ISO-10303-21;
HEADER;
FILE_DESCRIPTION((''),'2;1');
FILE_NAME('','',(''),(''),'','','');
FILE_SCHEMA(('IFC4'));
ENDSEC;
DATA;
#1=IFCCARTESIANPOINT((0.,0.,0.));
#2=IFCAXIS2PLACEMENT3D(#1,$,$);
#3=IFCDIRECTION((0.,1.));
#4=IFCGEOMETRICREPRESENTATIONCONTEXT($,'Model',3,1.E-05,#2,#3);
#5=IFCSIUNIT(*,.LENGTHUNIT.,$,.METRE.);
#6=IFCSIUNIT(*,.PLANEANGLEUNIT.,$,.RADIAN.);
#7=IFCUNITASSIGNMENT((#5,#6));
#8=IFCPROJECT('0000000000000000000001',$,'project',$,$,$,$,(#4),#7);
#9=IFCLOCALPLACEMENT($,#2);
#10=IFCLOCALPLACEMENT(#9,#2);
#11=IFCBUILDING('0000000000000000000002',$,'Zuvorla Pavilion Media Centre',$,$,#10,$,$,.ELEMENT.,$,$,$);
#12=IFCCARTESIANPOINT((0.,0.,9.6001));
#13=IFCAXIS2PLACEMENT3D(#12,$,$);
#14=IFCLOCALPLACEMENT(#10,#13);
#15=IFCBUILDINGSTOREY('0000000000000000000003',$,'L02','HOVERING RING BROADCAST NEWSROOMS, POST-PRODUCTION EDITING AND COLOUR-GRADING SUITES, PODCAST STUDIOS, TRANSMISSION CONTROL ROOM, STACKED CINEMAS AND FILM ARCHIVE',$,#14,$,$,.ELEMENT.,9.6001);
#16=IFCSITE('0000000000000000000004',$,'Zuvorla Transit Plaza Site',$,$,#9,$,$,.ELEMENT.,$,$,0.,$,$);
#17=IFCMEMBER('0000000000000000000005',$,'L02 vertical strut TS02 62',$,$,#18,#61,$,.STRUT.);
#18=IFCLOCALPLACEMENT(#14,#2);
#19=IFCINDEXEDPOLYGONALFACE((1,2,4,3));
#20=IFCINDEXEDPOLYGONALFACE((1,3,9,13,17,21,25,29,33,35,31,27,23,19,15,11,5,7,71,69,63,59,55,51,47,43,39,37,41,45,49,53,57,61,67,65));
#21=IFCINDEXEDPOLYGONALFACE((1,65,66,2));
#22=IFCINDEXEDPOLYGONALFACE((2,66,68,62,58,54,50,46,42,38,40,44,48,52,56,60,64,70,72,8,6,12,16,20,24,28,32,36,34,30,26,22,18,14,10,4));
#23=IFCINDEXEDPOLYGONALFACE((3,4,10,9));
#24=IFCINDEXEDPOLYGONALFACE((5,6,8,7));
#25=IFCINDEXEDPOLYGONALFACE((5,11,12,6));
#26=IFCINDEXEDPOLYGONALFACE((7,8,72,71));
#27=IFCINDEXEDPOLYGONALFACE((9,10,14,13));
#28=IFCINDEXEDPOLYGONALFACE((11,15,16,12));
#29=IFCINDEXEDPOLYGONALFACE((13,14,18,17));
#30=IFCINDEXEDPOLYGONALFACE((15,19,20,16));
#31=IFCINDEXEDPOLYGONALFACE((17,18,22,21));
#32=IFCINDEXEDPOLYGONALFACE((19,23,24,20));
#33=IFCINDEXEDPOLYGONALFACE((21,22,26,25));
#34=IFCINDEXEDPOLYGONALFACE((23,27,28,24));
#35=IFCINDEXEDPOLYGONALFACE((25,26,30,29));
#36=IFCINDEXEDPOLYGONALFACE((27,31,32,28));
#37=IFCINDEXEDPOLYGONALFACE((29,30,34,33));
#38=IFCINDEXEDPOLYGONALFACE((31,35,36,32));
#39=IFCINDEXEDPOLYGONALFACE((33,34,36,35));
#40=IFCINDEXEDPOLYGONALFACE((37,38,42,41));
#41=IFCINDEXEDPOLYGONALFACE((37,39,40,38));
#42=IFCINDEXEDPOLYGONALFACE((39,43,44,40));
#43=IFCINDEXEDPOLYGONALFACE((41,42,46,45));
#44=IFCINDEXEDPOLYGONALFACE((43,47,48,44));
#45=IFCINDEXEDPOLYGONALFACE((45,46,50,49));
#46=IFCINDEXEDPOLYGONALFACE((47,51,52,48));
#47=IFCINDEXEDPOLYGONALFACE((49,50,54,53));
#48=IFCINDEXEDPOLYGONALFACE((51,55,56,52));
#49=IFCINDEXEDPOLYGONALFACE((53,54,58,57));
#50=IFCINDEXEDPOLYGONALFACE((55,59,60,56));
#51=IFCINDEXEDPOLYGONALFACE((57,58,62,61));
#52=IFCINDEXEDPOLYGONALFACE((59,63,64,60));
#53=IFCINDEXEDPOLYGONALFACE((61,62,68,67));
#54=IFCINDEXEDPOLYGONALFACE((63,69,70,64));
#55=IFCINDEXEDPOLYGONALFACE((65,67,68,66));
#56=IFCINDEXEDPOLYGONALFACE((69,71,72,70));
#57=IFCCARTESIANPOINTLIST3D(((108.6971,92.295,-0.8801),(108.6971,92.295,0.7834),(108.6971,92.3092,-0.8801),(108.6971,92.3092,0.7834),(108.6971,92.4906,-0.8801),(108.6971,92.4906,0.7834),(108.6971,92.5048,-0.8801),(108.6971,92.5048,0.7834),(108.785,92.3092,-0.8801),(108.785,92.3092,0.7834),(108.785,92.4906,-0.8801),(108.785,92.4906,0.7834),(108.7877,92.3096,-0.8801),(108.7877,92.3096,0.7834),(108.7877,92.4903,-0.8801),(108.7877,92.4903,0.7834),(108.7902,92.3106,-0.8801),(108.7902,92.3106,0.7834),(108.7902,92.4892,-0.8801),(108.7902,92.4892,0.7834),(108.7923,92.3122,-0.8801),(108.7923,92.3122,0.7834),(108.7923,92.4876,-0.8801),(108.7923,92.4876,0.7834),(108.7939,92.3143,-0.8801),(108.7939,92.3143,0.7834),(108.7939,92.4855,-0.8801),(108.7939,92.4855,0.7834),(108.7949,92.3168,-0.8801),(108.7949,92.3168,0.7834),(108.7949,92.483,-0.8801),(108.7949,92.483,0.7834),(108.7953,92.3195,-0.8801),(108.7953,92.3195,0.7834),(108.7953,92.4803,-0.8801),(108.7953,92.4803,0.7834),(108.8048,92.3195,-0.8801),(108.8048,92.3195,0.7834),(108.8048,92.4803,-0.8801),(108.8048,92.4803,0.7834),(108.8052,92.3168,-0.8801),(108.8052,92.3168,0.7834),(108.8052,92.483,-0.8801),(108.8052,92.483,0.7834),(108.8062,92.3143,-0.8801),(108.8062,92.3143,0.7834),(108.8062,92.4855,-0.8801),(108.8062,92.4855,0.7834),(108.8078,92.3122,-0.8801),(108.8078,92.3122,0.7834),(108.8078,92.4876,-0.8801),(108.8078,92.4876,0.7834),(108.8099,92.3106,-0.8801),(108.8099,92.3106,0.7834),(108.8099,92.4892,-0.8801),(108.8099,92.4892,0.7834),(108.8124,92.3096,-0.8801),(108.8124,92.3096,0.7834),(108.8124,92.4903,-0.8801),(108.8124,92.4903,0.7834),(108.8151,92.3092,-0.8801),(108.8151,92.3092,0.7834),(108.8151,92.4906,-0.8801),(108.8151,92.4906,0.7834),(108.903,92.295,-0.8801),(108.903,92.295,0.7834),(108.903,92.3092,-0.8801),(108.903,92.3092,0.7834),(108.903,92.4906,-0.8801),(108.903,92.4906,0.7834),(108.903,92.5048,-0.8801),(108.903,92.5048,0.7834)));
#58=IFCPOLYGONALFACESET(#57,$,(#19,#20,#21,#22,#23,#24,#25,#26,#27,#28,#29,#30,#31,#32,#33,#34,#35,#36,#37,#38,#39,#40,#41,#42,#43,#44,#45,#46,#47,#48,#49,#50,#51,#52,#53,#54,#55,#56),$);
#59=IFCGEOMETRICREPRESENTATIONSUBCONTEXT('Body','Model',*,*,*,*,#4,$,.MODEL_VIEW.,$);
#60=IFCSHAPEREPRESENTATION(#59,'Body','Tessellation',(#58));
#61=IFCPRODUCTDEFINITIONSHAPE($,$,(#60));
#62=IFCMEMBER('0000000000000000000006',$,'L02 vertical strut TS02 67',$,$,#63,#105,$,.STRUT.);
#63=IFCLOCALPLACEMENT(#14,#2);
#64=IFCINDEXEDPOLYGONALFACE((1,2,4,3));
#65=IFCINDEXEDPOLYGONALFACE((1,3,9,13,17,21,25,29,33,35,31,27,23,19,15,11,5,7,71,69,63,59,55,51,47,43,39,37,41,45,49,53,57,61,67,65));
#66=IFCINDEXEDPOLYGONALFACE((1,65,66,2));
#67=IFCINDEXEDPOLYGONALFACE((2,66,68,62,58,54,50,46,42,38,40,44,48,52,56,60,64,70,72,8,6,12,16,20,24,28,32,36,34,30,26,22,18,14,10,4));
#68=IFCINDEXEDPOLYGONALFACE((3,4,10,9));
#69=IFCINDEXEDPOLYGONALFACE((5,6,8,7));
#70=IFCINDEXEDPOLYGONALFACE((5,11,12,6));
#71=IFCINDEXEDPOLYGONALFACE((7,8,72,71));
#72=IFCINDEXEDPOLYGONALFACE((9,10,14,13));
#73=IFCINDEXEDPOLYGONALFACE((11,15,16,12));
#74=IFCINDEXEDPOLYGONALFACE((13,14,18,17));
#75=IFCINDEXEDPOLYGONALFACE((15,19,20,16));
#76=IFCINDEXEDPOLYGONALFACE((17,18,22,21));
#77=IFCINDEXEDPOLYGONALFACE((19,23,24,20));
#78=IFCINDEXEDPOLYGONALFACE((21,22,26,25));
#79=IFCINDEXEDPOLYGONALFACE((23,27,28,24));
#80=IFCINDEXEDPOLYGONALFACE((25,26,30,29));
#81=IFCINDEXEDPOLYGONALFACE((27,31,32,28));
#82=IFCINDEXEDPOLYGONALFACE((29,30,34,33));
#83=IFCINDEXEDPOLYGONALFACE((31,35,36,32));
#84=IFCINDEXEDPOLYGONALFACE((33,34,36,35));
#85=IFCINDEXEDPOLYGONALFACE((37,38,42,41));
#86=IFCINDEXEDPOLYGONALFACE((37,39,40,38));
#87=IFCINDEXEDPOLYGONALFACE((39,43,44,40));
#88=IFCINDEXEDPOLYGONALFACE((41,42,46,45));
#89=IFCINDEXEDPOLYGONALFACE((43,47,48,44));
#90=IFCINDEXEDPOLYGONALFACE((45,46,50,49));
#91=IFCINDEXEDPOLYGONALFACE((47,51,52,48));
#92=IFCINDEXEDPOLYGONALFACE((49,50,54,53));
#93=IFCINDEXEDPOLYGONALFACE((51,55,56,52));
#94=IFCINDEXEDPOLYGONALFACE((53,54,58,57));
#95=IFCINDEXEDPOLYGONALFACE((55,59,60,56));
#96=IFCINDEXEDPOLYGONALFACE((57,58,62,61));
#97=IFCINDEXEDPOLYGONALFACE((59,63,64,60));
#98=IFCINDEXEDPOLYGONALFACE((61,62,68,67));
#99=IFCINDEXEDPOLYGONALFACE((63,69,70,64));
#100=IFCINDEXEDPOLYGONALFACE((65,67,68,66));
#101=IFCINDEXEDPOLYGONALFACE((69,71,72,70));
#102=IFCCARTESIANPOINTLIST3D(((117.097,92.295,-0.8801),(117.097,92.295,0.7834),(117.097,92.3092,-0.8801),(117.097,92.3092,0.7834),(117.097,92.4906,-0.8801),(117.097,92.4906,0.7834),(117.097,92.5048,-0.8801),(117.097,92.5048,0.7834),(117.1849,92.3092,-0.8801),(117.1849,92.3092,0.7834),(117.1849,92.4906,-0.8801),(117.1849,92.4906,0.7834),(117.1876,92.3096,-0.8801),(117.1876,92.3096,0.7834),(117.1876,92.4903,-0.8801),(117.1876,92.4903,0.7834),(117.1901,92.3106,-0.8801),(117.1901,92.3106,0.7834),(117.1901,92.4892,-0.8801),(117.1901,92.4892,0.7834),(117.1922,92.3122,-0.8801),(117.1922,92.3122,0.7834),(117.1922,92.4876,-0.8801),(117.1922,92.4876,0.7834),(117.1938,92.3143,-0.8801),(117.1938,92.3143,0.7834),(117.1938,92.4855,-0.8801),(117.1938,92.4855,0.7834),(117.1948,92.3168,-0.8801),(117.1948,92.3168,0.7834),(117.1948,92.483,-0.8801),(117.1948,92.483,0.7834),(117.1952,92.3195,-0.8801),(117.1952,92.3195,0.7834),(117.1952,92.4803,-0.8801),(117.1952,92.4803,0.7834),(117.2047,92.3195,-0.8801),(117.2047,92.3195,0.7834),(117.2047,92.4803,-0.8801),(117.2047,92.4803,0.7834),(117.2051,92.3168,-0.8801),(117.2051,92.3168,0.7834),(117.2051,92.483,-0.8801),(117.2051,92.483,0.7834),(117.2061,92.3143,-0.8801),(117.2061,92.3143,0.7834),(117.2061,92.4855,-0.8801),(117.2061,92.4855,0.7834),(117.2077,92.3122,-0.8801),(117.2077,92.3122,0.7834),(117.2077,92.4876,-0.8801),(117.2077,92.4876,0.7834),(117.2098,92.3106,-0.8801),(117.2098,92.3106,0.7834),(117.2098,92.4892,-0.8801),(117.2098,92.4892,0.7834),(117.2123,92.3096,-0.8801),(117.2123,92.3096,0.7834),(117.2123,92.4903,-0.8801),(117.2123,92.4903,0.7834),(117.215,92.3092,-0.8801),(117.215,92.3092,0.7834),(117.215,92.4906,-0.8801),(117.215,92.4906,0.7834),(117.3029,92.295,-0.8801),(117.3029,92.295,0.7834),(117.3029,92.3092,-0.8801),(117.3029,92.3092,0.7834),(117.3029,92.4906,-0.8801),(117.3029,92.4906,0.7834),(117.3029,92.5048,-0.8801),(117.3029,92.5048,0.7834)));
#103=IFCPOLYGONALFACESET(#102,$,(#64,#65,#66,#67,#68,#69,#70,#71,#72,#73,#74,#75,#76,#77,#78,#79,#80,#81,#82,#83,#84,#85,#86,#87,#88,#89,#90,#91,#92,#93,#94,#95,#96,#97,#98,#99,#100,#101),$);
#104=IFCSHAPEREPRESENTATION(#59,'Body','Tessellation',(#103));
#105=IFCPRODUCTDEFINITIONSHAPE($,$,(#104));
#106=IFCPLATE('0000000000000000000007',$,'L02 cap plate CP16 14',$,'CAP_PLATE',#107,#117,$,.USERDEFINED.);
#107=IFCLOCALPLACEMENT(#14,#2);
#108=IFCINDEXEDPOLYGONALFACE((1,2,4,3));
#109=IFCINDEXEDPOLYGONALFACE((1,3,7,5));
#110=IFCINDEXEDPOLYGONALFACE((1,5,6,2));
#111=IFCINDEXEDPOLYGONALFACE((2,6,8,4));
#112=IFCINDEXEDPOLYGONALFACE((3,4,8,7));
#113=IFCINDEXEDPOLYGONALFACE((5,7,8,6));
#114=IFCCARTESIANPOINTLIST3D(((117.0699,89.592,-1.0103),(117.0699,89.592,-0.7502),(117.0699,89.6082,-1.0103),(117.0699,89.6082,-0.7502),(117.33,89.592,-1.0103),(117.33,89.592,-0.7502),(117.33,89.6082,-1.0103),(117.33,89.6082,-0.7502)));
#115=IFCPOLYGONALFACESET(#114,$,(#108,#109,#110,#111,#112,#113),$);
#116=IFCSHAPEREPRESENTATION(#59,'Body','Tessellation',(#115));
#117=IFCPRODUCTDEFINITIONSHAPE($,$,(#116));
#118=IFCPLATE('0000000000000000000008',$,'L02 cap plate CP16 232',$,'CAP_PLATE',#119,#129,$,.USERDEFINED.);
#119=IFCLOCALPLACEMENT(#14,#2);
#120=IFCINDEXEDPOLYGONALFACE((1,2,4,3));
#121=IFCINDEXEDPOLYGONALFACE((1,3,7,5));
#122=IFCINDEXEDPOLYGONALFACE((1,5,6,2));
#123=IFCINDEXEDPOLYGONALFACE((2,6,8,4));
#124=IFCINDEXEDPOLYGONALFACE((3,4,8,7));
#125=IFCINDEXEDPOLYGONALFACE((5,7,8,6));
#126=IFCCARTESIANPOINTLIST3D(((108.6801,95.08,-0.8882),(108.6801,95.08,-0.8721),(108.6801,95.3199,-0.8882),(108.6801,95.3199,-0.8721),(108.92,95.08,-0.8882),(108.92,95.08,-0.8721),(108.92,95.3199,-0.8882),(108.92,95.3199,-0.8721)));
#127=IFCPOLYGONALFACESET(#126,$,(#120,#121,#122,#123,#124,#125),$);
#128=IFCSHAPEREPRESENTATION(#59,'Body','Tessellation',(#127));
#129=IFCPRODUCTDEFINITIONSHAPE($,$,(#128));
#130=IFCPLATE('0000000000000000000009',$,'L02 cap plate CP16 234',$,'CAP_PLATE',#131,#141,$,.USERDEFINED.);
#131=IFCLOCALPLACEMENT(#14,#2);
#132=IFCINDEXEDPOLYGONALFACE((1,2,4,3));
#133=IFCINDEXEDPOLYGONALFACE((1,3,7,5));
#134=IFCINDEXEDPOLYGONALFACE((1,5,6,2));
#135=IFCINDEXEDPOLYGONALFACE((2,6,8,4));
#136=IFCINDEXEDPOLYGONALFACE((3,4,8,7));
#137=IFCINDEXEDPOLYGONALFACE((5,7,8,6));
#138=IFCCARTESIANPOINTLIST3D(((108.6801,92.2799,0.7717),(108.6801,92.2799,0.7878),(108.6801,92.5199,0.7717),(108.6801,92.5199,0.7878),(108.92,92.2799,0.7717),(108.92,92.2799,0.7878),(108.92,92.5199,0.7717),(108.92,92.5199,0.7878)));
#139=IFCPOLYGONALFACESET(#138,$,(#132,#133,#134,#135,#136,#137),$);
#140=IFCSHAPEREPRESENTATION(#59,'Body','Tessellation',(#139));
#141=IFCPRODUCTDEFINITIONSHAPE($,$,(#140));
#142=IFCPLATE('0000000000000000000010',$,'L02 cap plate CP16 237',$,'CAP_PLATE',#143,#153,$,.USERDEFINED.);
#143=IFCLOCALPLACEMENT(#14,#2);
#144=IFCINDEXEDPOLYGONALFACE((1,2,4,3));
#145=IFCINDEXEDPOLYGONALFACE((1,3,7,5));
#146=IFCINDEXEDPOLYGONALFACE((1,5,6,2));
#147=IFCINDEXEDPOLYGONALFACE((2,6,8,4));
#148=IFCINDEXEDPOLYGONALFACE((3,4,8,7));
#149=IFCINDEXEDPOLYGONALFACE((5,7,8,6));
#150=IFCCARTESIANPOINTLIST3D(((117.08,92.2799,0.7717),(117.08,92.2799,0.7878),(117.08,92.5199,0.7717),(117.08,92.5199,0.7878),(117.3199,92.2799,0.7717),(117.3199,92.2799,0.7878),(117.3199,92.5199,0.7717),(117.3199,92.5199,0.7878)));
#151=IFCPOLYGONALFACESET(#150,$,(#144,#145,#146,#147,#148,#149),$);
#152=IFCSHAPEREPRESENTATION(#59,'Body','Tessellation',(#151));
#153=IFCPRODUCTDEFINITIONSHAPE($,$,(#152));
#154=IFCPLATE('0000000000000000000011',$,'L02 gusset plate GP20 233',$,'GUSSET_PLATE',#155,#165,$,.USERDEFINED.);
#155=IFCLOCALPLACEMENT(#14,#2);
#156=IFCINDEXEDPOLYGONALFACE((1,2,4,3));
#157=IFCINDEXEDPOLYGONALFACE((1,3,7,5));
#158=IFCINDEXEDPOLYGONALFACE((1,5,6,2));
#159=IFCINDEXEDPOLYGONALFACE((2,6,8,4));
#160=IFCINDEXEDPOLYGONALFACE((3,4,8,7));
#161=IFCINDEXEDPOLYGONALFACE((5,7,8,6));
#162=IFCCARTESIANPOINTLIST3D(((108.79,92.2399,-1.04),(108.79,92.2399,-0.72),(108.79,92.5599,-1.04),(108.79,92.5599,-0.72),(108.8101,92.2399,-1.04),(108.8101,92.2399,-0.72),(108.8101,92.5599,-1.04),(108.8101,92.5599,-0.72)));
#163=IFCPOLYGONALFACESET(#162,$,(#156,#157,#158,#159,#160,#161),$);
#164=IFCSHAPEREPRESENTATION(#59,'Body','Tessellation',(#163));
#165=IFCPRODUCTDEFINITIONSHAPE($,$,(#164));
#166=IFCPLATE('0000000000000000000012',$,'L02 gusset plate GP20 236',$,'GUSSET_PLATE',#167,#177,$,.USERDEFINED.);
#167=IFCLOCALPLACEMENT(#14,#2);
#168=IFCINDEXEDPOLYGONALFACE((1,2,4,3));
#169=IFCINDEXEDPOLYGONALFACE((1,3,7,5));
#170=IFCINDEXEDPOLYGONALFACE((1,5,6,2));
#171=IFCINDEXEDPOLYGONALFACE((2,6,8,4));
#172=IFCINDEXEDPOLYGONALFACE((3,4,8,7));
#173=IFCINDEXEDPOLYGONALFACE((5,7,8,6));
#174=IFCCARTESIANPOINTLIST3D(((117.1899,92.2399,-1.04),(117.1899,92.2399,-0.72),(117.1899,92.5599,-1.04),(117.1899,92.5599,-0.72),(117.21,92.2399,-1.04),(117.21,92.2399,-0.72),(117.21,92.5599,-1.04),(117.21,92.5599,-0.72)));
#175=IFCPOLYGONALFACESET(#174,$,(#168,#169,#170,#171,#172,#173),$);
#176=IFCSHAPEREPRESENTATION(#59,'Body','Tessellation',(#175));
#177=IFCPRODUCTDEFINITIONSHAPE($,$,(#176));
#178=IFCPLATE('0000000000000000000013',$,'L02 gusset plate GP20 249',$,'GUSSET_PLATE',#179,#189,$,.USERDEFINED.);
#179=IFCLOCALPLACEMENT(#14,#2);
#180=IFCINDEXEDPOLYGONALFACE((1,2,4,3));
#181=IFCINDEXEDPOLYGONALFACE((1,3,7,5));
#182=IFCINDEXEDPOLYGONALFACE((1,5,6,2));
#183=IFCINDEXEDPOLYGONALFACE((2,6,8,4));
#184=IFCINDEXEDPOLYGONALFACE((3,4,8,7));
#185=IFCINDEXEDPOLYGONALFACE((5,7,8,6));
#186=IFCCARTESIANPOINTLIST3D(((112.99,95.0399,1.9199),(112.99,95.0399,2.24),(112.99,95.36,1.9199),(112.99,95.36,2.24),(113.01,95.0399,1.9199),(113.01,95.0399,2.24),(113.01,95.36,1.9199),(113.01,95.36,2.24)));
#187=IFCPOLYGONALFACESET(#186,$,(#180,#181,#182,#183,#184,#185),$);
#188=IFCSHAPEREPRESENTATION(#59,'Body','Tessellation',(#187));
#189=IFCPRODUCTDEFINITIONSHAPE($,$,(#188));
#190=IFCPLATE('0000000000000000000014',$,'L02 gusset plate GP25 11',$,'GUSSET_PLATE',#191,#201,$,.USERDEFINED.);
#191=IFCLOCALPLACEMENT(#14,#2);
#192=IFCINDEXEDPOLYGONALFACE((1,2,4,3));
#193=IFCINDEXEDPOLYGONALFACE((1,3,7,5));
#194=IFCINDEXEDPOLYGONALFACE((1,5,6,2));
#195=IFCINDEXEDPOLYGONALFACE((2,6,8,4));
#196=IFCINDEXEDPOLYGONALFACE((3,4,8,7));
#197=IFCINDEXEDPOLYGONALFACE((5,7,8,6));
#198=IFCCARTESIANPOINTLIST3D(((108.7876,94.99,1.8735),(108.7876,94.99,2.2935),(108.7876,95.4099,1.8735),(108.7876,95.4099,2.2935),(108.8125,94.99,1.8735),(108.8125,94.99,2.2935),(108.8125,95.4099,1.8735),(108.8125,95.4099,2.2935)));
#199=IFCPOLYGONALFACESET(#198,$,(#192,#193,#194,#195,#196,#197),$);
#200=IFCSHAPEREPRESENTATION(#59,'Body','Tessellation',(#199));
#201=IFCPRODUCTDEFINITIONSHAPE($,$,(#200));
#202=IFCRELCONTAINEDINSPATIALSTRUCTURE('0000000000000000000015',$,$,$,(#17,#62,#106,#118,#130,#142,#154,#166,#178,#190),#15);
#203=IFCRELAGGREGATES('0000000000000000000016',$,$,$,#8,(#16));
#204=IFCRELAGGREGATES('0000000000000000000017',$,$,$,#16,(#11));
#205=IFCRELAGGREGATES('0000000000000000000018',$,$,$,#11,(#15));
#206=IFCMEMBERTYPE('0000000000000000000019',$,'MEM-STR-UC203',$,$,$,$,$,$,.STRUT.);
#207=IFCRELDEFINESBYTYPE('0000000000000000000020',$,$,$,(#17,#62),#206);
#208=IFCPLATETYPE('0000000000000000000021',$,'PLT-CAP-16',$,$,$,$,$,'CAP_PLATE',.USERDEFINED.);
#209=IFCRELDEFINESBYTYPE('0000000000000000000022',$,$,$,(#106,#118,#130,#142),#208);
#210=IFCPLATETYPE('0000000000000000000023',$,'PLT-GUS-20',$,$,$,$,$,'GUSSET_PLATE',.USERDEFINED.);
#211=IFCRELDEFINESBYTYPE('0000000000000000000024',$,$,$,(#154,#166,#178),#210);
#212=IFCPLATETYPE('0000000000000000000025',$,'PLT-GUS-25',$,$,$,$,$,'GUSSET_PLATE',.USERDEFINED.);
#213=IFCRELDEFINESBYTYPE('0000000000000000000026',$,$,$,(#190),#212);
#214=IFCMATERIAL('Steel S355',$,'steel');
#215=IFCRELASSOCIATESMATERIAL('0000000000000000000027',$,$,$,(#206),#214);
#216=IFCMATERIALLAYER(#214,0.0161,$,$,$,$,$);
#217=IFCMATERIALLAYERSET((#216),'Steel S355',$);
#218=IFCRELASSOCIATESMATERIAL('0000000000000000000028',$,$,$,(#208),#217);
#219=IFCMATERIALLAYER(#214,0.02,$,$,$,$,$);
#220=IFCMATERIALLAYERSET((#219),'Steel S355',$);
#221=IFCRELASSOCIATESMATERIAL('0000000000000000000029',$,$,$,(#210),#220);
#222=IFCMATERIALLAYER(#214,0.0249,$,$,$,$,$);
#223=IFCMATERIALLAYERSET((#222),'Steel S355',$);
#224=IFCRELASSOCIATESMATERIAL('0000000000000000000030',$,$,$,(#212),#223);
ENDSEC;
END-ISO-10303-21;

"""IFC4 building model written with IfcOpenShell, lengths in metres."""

from ifc_helpers import new_model, si_unit, direction, frame, origin, origin_2d, place, context, subcontext, project, spatial, rectangle, i_section, extrude, material, layer, layer_set, material_profile, profile_set, type_object, element, save


model = new_model("IFC4")

# Units and contexts
model_context = context("Model", 3, precision=1e-05, world=origin(), true_north=direction((0.0, 1.0)))
body_context = subcontext(model_context, "Body", "Model", "MODEL_VIEW")
ifc_project = project(units=[si_unit("LENGTHUNIT", "METRE"), si_unit("PLANEANGLEUNIT", "RADIAN")], contexts=[model_context])

# Site, building, storey
site_placement = place(None, origin())
site = spatial("IfcSite", under=ifc_project, at=site_placement, Name="Zuvorla Transit Plaza Site", CompositionType="ELEMENT", RefElevation=0.0)
building_placement = place(site_placement, origin())
building = spatial("IfcBuilding", under=site, at=building_placement, Name="Zuvorla Pavilion Media Centre", CompositionType="ELEMENT")
storey_placement = place(building_placement, frame((0.0, 0.0, 9.6001)))
storey = spatial("IfcBuildingStorey", under=building, at=storey_placement, Name="L02", Description="HOVERING RING BROADCAST NEWSROOMS, POST-PRODUCTION EDITING AND COLOUR-GRADING SUITES, PODCAST STUDIOS, TRANSMISSION CONTROL ROOM, STACKED CINEMAS AND FILM ARCHIVE", CompositionType="ELEMENT", Elevation=9.6001)

# Members
ifc_material = material(Name="Steel S355", Category="steel")
ifc_material_profile_1 = material_profile(ifc_material, i_section(OverallWidth=0.2058, OverallDepth=0.2097, WebThickness=0.0095, FlangeThickness=0.0142, FilletRadius=0.0103, at=origin_2d()), Name="UC 203x203x60")
ifc_profile_set_1 = profile_set([ifc_material_profile_1], Name="Steel S355")
member_type_1 = type_object("IfcMemberType", Name="MEM-STR-UC203", PredefinedType="STRUT", material=ifc_profile_set_1)
for number, where, z_axis, x_axis, name in (
    (1, (108.8, 92.3999, -0.8801), (0.0, 0.0, 1.0), (1.0, 0.0, 0.0), "L02 vertical strut TS02 62"),
    (2, (117.2, 92.3999, -0.8801), (0.0, 0.0, 1.0), (1.0, 0.0, 0.0), "L02 vertical strut TS02 67"),
):
    element("IfcMember", number, at=place(storey_placement, frame(where, z_axis=z_axis, x_axis=x_axis)), inside=storey, type_object=member_type_1, Name=name, PredefinedType="STRUT", context=body_context, shape_type="SweptSolid", body=[
        extrude(i_section(OverallWidth=0.2058, OverallDepth=0.2097, WebThickness=0.0095, FlangeThickness=0.0142, FilletRadius=0.0103, at=origin_2d()), origin(), (0.0, 0.0, 1.0), 1.6636),
    ])

# Plates
ifc_layer_1 = layer(ifc_material, 0.0161)
ifc_layer_set_1 = layer_set([ifc_layer_1], Name="Steel S355")
plate_type_1 = type_object("IfcPlateType", Name="PLT-CAP-16", ElementType="CAP_PLATE", PredefinedType="USERDEFINED", material=ifc_layer_set_1)
plate_placement = place(storey_placement, frame((117.2, 89.6001, -1.0103), z_axis=(0.0, 0.0, 1.0), x_axis=(1.0, 0.0, 0.0)))
element("IfcPlate", 3, at=plate_placement, inside=storey, type_object=plate_type_1, Name="L02 cap plate CP16 14", ObjectType="CAP_PLATE", PredefinedType="USERDEFINED", context=body_context, shape_type="SweptSolid", body=[
    extrude(rectangle(XDim=0.26, YDim=0.0161, at=origin_2d()), origin(), (0.0, 0.0, 1.0), 0.26),
])
for number, where, z_axis, x_axis, name in (
    (4, (108.8, 95.2, -0.8882), (0.0, 0.0, 1.0), (1.0, 0.0, 0.0), "L02 cap plate CP16 232"),
    (5, (108.8, 92.3999, 0.7717), (0.0, 0.0, 1.0), (1.0, 0.0, 0.0), "L02 cap plate CP16 234"),
    (6, (117.2, 92.3999, 0.7717), (0.0, 0.0, 1.0), (1.0, 0.0, 0.0), "L02 cap plate CP16 237"),
):
    element("IfcPlate", number, at=place(storey_placement, frame(where, z_axis=z_axis, x_axis=x_axis)), inside=storey, type_object=plate_type_1, Name=name, ObjectType="CAP_PLATE", PredefinedType="USERDEFINED", context=body_context, shape_type="SweptSolid", body=[
        extrude(rectangle(XDim=0.24, YDim=0.24, at=origin_2d()), origin(), (0.0, 0.0, 1.0), 0.0161),
    ])
ifc_layer_2 = layer(ifc_material, 0.02)
ifc_layer_set_2 = layer_set([ifc_layer_2], Name="Steel S355")
plate_type_2 = type_object("IfcPlateType", Name="PLT-GUS-20", ElementType="GUSSET_PLATE", PredefinedType="USERDEFINED", material=ifc_layer_set_2)
for number, where, z_axis, x_axis, name in (
    (7, (108.8, 92.3999, -1.04), (0.0, 0.0, 1.0), (1.0, 0.0, 0.0), "L02 gusset plate GP20 233"),
    (8, (117.2, 92.3999, -1.04), (0.0, 0.0, 1.0), (1.0, 0.0, 0.0), "L02 gusset plate GP20 236"),
    (9, (113.0, 95.2, 1.9199), (0.0, 0.0, 1.0), (1.0, 0.0, 0.0), "L02 gusset plate GP20 249"),
):
    element("IfcPlate", number, at=place(storey_placement, frame(where, z_axis=z_axis, x_axis=x_axis)), inside=storey, type_object=plate_type_2, Name=name, ObjectType="GUSSET_PLATE", PredefinedType="USERDEFINED", context=body_context, shape_type="SweptSolid", body=[
        extrude(rectangle(XDim=0.02, YDim=0.3201, at=origin_2d()), origin(), (0.0, 0.0, 1.0), 0.3201),
    ])
ifc_layer_3 = layer(ifc_material, 0.0249)
ifc_layer_set_3 = layer_set([ifc_layer_3], Name="Steel S355")
plate_type_3 = type_object("IfcPlateType", Name="PLT-GUS-25", ElementType="GUSSET_PLATE", PredefinedType="USERDEFINED", material=ifc_layer_set_3)
for number, where, z_axis, x_axis, name in (
    (10, (108.8, 95.2, 1.8735), (0.0, 0.0, 1.0), (1.0, 0.0, 0.0), "L02 gusset plate GP25 11"),
):
    element("IfcPlate", number, at=place(storey_placement, frame(where, z_axis=z_axis, x_axis=x_axis)), inside=storey, type_object=plate_type_3, Name=name, ObjectType="GUSSET_PLATE", PredefinedType="USERDEFINED", context=body_context, shape_type="SweptSolid", body=[
        extrude(rectangle(XDim=0.0249, YDim=0.4199, at=origin_2d()), origin(), (0.0, 0.0, 1.0), 0.4199),
    ])

save(model, "model.ifc")
